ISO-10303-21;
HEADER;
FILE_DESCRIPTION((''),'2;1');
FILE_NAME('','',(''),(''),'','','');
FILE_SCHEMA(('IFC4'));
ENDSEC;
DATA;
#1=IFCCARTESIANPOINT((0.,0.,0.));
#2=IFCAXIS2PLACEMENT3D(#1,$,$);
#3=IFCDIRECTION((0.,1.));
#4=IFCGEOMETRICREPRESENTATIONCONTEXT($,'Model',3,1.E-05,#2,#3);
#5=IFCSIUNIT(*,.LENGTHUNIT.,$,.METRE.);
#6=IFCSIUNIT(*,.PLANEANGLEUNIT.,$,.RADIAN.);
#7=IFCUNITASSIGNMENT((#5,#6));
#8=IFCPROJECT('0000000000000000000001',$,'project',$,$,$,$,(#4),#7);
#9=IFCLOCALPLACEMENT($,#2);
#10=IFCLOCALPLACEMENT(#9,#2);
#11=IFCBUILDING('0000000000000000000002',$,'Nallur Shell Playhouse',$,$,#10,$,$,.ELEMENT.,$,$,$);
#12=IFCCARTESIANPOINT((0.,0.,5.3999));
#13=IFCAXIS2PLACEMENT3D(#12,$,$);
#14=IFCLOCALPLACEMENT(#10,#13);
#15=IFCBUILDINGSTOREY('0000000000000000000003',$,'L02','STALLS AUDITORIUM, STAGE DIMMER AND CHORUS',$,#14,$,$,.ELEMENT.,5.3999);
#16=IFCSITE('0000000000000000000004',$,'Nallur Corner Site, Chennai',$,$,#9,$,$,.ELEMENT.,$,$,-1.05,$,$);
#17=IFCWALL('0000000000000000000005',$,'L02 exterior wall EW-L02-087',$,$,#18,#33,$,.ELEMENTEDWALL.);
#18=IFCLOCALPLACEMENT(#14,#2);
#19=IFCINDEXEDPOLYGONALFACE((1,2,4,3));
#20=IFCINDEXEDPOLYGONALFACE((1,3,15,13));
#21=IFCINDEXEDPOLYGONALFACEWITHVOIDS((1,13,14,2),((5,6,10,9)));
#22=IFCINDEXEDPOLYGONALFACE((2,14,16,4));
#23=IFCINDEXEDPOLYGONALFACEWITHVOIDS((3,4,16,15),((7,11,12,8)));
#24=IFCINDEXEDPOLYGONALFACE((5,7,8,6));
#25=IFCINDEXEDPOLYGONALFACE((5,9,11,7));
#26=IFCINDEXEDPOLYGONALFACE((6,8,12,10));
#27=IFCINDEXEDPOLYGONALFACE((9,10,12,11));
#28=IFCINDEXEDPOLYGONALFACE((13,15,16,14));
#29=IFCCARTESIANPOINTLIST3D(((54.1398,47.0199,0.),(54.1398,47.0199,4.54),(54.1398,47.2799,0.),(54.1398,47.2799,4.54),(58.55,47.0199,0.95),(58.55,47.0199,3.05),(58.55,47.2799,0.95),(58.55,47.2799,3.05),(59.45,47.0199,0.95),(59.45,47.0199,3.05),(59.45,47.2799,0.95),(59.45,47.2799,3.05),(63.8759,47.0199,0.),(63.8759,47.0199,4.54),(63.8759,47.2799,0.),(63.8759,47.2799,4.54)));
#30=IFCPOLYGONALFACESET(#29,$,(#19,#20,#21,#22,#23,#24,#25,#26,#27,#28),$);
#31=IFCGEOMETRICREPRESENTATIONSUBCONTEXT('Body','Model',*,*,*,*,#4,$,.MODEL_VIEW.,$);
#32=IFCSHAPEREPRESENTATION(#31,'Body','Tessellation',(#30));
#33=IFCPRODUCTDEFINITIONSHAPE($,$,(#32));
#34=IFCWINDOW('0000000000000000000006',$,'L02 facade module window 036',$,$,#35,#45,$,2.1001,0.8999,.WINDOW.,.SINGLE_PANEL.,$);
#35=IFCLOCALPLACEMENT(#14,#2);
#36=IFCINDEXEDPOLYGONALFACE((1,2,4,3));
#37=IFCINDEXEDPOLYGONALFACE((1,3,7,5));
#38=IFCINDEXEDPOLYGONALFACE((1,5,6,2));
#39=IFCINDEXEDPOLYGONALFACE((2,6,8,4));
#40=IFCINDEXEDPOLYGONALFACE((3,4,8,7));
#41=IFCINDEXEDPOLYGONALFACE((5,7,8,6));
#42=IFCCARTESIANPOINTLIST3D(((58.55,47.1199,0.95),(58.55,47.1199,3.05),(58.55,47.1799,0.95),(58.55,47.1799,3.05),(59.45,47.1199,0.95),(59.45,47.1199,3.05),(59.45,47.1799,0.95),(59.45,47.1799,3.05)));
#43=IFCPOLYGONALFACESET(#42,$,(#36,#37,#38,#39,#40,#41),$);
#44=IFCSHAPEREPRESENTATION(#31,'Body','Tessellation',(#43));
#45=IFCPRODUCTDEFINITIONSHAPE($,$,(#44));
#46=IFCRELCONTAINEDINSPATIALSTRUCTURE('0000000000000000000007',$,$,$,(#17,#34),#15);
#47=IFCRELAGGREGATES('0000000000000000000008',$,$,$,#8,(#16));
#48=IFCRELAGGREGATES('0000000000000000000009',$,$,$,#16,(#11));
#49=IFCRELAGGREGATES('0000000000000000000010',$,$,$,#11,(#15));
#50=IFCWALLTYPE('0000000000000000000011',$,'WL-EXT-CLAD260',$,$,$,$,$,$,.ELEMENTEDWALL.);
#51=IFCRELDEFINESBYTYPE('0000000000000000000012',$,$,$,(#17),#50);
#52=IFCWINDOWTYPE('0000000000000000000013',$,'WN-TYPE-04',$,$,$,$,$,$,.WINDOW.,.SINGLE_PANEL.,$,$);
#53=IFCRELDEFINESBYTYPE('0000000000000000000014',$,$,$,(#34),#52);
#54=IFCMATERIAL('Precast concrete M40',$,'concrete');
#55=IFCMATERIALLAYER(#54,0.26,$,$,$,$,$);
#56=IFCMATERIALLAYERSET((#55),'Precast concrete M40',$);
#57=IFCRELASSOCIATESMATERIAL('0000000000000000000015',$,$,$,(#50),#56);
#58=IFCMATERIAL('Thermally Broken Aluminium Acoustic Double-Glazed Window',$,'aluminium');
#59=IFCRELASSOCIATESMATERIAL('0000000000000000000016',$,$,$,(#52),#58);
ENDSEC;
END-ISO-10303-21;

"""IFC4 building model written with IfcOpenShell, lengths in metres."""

from ifc_helpers import new_model, si_unit, direction, frame, frame_2d, origin, place, context, subcontext, project, spatial, rectangle, extrude, material, layer, layer_set, type_object, element, fill, save


model = new_model("IFC4")

# Units and contexts
model_context = context("Model", 3, precision=1e-05, world=origin(), true_north=direction((0.0, 1.0)))
body_context = subcontext(model_context, "Body", "Model", "MODEL_VIEW")
ifc_project = project(units=[si_unit("LENGTHUNIT", "METRE"), si_unit("PLANEANGLEUNIT", "RADIAN")], contexts=[model_context])

# Site, building, storey
site_placement = place(None, origin())
site = spatial("IfcSite", under=ifc_project, at=site_placement, Name="Nallur Corner Site, Chennai", CompositionType="ELEMENT", RefElevation=-1.05)
building_placement = place(site_placement, origin())
building = spatial("IfcBuilding", under=site, at=building_placement, Name="Nallur Shell Playhouse", CompositionType="ELEMENT")
storey_placement = place(building_placement, frame((0.0, 0.0, 5.3999)))
storey = spatial("IfcBuildingStorey", under=building, at=storey_placement, Name="L02", Description="STALLS AUDITORIUM, STAGE DIMMER AND CHORUS", CompositionType="ELEMENT", Elevation=5.3999)

# Wall, opening, window
ifc_material_1 = material(Name="Precast concrete M40", Category="concrete")
ifc_layer_1 = layer(ifc_material_1, 0.26)
ifc_layer_set_1 = layer_set([ifc_layer_1], Name="Precast concrete M40")
wall_type = type_object("IfcWallType", Name="WL-EXT-CLAD260", PredefinedType="ELEMENTEDWALL", material=ifc_layer_set_1)
wall_placement = place(storey_placement, frame((63.876, 47.1499, 0.0), z_axis=(0.0, 0.0, 1.0), x_axis=(-1.0, 0.0, 0.0)))
wall = element("IfcWall", 1, at=wall_placement, inside=storey, type_object=wall_type, Name="L02 exterior wall EW-L02-087", PredefinedType="ELEMENTEDWALL", context=body_context, shape_type="SweptSolid", body=[
    extrude(rectangle(XDim=9.7361, YDim=0.26, at=frame_2d((4.8682, 0.0))), origin(), (0.0, 0.0, 1.0), 4.54),
])
opening_placement = place(wall_placement, frame((4.426, 0.0, 0.95)))
opening = element("IfcOpeningElement", 2, at=opening_placement, cuts=wall, PredefinedType="OPENING", context=body_context, shape_type="SweptSolid", body=[
    extrude(rectangle(XDim=0.8999, YDim=2.1001, at=frame_2d((0.45, 1.05))), frame((0.0, 0.1401, 0.0), z_axis=(0.0, -1.0, 0.0), x_axis=(1.0, 0.0, 0.0)), (0.0, 0.0, 1.0), 0.28),
])
ifc_material_2 = material(Name="Thermally Broken Aluminium Acoustic Double-Glazed Window", Category="aluminium")
window_type = type_object("IfcWindowType", Name="WN-TYPE-04", PartitioningType="SINGLE_PANEL", PredefinedType="WINDOW", material=ifc_material_2)
window_placement = place(opening_placement, origin())
window = element("IfcWindow", 3, at=window_placement, inside=storey, type_object=window_type, Name="L02 facade module window 036", OverallHeight=2.1001, OverallWidth=0.8999, PartitioningType="SINGLE_PANEL", PredefinedType="WINDOW", context=body_context, shape_type="SweptSolid", body=[
    extrude(rectangle(XDim=0.8999, YDim=2.1001, at=frame_2d((0.45, 1.05))), frame((0.0, 0.03, 0.0), z_axis=(0.0, -1.0, 0.0), x_axis=(1.0, 0.0, 0.0)), (0.0, 0.0, 1.0), 0.0601),
])
fill(opening, window)

save(model, "model.ifc")
